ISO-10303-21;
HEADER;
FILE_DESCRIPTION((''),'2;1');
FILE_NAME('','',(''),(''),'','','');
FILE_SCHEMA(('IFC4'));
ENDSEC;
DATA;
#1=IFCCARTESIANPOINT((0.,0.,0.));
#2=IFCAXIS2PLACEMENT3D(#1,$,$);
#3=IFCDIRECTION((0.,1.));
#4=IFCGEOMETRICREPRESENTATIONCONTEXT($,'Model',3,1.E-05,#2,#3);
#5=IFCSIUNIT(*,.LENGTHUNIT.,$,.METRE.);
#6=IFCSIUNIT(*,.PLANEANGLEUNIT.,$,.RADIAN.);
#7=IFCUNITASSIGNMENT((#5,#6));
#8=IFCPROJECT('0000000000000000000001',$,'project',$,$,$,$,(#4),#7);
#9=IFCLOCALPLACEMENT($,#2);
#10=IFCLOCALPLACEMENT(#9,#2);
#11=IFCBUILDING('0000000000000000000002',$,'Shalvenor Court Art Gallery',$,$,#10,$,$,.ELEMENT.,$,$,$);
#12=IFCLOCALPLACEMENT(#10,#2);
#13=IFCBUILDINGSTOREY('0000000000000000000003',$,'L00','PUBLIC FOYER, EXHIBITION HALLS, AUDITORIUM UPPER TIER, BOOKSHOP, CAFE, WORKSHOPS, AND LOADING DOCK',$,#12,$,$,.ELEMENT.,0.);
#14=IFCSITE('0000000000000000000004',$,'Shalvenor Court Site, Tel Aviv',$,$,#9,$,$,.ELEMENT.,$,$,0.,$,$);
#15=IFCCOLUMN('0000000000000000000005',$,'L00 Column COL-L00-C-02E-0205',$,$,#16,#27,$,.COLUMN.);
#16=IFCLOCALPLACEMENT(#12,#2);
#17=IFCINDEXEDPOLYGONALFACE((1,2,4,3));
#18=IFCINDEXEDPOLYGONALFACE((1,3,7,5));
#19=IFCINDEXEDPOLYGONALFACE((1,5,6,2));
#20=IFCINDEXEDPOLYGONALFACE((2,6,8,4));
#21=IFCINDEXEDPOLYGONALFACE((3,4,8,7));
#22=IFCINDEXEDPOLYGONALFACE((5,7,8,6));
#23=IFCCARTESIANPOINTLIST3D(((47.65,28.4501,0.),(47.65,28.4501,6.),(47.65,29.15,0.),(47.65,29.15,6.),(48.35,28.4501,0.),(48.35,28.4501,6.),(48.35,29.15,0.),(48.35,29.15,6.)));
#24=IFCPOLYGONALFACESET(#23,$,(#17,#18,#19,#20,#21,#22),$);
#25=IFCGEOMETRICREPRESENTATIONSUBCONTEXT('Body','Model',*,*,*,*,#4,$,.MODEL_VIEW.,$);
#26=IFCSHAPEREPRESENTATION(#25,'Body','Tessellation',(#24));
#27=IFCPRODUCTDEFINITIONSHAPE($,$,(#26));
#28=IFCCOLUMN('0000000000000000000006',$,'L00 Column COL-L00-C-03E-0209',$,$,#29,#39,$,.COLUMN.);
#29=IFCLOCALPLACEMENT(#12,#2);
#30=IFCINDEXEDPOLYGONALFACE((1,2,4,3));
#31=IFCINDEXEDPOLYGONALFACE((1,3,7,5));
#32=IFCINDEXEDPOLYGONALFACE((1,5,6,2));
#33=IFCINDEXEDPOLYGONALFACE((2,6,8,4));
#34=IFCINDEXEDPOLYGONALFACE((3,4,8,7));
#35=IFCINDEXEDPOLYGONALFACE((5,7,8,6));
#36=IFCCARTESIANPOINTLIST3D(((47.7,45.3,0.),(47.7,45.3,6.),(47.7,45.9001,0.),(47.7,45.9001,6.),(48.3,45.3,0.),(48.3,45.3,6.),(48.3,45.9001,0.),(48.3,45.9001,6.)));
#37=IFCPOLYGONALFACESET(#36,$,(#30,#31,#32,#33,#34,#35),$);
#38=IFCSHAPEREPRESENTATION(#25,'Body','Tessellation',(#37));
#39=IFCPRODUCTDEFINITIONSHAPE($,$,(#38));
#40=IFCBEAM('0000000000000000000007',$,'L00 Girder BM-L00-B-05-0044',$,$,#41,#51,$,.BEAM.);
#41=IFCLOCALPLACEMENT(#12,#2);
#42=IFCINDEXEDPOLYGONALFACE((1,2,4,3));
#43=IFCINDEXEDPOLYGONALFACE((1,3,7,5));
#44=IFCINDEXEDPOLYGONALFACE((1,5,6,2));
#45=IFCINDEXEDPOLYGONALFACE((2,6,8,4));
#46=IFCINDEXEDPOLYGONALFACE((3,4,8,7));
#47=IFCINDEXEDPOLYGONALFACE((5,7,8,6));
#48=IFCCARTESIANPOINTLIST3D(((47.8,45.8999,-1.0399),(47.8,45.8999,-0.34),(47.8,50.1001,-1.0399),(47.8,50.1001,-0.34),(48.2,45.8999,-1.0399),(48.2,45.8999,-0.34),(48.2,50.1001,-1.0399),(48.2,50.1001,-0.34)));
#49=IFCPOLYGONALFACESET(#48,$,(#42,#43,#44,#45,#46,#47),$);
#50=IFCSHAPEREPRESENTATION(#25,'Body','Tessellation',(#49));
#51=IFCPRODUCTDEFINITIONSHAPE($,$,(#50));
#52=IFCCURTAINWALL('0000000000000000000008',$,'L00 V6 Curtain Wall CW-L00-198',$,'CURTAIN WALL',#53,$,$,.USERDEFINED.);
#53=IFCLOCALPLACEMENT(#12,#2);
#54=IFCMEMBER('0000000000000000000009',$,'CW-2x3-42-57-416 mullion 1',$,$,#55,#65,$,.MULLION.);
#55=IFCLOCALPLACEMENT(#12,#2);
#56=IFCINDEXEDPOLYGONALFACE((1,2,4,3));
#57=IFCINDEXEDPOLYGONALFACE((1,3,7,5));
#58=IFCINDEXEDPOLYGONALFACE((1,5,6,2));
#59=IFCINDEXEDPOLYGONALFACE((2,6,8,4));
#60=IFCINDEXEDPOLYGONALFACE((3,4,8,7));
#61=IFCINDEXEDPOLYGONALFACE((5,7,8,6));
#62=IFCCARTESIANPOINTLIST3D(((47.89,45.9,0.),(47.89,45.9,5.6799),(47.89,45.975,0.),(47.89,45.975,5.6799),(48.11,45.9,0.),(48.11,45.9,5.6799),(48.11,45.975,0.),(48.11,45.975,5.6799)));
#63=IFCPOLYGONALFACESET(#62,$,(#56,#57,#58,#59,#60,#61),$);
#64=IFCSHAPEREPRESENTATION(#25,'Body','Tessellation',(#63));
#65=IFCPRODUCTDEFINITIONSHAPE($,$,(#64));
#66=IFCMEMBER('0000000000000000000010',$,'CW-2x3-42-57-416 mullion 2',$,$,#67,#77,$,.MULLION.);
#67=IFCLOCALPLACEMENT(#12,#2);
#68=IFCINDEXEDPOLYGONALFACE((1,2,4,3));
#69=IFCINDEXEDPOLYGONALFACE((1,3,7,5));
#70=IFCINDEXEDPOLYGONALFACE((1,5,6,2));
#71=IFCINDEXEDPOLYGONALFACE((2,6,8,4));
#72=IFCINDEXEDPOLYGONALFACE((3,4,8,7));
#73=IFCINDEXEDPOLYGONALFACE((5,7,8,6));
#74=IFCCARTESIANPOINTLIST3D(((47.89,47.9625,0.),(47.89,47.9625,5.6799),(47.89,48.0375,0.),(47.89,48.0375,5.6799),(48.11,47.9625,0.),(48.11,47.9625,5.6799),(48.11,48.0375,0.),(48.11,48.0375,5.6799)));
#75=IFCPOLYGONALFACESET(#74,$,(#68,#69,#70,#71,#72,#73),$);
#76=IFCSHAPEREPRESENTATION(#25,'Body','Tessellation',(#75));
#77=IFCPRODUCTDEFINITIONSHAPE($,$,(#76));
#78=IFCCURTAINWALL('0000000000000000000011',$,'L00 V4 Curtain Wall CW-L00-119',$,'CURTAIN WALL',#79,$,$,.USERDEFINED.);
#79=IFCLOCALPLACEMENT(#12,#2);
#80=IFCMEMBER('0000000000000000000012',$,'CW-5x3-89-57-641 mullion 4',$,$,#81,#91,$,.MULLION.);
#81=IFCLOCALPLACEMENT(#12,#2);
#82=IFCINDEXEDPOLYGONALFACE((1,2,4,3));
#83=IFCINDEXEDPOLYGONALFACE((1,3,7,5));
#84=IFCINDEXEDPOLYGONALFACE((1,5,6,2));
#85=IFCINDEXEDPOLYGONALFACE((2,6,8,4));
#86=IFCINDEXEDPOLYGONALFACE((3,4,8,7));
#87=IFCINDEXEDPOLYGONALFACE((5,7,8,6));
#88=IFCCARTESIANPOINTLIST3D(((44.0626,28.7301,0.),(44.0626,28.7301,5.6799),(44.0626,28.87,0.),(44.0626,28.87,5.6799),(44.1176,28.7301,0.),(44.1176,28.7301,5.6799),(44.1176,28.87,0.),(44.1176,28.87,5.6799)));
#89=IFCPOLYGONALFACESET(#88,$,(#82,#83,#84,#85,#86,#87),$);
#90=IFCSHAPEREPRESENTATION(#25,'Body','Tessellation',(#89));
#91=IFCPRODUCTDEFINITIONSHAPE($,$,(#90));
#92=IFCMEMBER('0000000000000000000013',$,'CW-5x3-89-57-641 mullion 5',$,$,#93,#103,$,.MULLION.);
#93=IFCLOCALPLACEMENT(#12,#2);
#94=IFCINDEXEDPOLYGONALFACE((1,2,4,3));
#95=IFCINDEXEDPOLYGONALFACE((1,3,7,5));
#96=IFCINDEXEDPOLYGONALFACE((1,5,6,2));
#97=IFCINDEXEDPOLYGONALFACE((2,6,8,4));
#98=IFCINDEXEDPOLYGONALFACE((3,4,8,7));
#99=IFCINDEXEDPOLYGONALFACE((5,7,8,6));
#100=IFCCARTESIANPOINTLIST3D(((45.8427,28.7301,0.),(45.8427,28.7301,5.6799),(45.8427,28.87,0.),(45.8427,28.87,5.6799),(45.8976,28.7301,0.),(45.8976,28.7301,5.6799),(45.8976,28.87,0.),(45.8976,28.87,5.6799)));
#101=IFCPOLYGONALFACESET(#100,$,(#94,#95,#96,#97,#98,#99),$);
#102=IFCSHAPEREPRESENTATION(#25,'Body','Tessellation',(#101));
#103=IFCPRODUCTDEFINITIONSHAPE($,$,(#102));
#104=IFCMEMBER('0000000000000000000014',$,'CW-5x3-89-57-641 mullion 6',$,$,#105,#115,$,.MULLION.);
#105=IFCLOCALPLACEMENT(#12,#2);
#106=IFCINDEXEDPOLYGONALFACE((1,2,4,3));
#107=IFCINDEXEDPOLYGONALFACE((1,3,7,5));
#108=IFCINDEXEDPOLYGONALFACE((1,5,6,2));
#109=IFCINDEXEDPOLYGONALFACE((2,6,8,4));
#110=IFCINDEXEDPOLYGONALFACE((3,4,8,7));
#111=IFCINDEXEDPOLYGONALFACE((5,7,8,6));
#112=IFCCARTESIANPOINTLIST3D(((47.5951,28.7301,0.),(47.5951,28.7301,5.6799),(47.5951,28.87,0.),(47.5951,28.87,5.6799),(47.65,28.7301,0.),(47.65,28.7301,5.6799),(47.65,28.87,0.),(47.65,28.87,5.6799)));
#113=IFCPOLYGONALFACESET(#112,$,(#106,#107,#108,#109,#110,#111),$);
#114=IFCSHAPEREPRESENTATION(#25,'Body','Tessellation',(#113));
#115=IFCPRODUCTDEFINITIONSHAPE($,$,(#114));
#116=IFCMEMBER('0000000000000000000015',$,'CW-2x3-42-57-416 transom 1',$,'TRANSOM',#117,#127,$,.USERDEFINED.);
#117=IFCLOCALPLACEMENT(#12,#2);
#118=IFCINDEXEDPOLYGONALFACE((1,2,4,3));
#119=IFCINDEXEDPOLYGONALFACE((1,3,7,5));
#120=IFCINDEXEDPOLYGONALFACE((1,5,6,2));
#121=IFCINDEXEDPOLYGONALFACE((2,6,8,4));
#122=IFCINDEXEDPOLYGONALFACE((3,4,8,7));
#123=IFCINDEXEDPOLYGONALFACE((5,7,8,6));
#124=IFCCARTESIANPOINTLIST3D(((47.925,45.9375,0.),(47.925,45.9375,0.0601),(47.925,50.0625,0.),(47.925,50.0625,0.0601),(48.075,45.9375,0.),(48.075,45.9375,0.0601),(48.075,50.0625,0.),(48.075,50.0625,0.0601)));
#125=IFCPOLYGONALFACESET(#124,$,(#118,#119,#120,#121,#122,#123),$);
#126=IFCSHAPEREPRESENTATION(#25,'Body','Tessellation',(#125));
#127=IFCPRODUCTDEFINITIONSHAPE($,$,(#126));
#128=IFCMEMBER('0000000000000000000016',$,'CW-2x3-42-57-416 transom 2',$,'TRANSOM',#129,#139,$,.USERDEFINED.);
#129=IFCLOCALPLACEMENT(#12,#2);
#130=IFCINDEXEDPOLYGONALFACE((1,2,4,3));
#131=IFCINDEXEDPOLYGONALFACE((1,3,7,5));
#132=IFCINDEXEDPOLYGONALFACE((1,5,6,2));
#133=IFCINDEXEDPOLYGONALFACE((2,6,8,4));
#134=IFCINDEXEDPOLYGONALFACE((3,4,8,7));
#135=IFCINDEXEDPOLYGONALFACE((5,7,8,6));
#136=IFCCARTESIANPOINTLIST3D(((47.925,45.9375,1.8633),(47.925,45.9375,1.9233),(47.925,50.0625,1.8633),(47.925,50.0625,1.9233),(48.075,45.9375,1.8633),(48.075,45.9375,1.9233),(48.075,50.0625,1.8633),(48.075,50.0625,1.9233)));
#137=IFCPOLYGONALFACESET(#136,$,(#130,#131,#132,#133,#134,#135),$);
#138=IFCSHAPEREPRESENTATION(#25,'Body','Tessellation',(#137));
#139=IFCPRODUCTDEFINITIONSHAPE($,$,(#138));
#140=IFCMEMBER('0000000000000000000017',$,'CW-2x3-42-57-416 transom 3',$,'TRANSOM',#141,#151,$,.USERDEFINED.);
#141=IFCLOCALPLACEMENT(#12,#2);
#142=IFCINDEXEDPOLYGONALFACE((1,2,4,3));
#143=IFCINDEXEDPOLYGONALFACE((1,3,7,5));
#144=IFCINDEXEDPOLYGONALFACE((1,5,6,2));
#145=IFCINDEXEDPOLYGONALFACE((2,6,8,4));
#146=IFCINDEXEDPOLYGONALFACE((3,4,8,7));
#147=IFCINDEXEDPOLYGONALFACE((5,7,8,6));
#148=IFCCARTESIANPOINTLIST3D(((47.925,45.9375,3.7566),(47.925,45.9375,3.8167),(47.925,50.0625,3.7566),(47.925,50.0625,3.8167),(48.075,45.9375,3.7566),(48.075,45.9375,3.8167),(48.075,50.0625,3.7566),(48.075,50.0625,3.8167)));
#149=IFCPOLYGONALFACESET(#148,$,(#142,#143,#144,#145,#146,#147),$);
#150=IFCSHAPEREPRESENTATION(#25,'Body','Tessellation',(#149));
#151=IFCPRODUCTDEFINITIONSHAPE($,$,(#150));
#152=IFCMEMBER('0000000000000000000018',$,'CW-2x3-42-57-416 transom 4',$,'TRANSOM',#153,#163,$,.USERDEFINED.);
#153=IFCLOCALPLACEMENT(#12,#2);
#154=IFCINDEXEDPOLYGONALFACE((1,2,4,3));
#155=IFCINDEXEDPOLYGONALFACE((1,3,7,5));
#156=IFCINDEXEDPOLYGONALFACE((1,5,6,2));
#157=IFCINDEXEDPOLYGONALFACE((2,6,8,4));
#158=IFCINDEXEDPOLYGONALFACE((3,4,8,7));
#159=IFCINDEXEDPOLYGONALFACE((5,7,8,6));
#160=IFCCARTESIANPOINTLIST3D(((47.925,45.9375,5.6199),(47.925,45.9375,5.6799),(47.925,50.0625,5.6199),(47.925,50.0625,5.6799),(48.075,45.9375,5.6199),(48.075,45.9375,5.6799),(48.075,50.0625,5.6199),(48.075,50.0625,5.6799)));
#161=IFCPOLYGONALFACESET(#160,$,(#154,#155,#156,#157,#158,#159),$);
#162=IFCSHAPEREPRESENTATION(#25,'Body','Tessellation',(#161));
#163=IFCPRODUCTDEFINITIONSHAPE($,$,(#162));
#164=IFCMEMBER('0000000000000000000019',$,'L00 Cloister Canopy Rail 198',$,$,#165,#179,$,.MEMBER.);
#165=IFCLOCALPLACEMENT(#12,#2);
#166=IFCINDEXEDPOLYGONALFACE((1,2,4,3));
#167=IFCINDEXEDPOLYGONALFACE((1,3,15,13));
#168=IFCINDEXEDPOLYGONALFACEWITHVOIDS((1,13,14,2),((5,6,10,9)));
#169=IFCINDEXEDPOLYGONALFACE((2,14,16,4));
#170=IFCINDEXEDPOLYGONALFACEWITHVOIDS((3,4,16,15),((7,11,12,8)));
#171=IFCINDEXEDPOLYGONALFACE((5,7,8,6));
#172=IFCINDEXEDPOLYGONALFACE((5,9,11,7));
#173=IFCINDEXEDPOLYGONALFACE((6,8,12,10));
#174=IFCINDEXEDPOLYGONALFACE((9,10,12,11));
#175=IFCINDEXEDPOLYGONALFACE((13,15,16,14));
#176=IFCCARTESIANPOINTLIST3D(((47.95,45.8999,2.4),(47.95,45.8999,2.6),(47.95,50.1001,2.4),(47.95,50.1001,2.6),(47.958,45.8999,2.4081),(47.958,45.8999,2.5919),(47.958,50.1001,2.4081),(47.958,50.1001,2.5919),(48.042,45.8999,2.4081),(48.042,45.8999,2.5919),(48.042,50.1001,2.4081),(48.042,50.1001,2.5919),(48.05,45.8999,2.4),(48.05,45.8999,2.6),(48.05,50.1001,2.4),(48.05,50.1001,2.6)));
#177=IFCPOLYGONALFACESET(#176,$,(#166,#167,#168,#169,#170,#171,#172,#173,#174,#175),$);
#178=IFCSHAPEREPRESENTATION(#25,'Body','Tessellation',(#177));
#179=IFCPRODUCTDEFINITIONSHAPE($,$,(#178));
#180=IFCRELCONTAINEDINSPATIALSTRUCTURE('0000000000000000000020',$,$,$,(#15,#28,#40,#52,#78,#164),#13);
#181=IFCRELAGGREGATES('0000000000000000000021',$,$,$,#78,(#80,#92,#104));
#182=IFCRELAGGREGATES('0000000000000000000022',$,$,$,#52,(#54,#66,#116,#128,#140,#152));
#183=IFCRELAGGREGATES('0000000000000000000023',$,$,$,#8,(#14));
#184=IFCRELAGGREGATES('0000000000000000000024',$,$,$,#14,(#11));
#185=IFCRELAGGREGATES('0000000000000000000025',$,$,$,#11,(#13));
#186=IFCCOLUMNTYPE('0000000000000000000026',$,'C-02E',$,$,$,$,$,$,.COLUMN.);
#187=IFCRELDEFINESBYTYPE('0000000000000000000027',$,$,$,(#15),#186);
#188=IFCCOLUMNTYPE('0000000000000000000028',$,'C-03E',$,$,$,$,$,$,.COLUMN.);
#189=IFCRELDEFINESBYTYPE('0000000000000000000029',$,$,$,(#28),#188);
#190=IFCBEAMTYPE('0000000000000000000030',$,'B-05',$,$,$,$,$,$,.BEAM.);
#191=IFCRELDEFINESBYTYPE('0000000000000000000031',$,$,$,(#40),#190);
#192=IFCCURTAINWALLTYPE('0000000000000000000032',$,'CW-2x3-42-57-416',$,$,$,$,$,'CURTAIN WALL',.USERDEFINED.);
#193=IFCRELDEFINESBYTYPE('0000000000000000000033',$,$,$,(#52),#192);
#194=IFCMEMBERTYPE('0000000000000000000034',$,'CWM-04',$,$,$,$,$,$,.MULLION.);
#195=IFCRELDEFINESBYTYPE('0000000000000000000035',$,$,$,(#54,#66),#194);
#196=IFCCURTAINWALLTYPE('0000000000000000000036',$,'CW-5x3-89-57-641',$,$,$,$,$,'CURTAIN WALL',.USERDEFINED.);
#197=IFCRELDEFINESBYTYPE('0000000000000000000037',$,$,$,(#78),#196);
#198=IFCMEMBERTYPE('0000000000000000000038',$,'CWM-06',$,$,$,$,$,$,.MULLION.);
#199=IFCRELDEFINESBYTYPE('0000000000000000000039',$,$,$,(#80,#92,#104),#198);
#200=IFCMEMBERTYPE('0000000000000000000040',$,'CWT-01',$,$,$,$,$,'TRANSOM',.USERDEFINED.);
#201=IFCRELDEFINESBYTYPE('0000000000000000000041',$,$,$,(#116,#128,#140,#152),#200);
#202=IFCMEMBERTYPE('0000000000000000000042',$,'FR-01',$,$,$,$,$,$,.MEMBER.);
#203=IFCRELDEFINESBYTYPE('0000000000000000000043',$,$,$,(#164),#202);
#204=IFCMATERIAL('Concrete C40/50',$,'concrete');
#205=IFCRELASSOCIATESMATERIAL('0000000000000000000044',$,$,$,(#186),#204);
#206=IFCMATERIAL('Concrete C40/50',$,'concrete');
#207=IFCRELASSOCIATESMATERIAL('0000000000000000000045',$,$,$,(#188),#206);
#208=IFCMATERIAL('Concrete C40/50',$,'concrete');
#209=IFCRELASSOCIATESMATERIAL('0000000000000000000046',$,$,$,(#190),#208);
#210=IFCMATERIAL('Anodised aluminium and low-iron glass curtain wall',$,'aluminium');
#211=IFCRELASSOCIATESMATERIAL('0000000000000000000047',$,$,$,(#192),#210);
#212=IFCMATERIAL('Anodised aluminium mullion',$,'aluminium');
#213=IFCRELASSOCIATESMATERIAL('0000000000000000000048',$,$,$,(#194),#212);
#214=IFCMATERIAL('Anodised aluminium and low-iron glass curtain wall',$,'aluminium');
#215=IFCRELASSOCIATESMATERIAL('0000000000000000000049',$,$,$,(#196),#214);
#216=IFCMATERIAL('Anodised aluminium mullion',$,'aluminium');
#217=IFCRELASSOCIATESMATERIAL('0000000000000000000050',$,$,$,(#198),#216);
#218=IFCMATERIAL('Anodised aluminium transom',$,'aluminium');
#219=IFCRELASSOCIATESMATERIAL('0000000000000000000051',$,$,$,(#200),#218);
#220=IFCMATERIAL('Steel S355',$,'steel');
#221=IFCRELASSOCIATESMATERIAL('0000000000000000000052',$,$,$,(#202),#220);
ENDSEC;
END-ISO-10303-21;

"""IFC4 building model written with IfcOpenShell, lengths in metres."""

from ifc_helpers import new_model, si_unit, direction, frame, origin, origin_2d, place, context, subcontext, project, spatial, rectangle, hollow_rectangle, extrude, material, material_profile, profile_set, type_object, element, aggregate, save


model = new_model("IFC4")

# Units and contexts
model_context = context("Model", 3, precision=1e-05, world=origin(), true_north=direction((0.0, 1.0)))
body_context = subcontext(model_context, "Body", "Model", "MODEL_VIEW")
ifc_project = project(units=[si_unit("LENGTHUNIT", "METRE"), si_unit("PLANEANGLEUNIT", "RADIAN")], contexts=[model_context])

# Site, building, storey
site_placement = place(None, origin())
site = spatial("IfcSite", under=ifc_project, at=site_placement, Name="Shalvenor Court Site, Tel Aviv", CompositionType="ELEMENT", RefElevation=0.0)
building_placement = place(site_placement, origin())
building = spatial("IfcBuilding", under=site, at=building_placement, Name="Shalvenor Court Art Gallery", CompositionType="ELEMENT")
storey_placement = place(building_placement, origin())
storey = spatial("IfcBuildingStorey", under=building, at=storey_placement, Name="L00", Description="PUBLIC FOYER, EXHIBITION HALLS, AUDITORIUM UPPER TIER, BOOKSHOP, CAFE, WORKSHOPS, AND LOADING DOCK", CompositionType="ELEMENT", Elevation=0.0)

# Columns
ifc_material_1 = material(Name="Concrete C40/50", Category="concrete")
ifc_material_profile_1 = material_profile(ifc_material_1, rectangle(XDim=0.7, YDim=0.7, at=origin_2d()), Name="RC 700x700")
ifc_profile_set_1 = profile_set([ifc_material_profile_1], Name="Concrete C40/50")
column_type_1 = type_object("IfcColumnType", Name="C-02E", PredefinedType="COLUMN", material=ifc_profile_set_1)
column_1_placement = place(storey_placement, frame((48.0, 28.8, 0.0), z_axis=(0.0, 0.0, 1.0), x_axis=(1.0, 0.0, 0.0)))
element("IfcColumn", 1, at=column_1_placement, inside=storey, type_object=column_type_1, Name="L00 Column COL-L00-C-02E-0205", PredefinedType="COLUMN", context=body_context, shape_type="SweptSolid", body=[
    extrude(rectangle(XDim=0.7, YDim=0.7, at=origin_2d()), origin(), (0.0, 0.0, 1.0), 6.0),
])
ifc_material_2 = material(Name="Concrete C40/50", Category="concrete")
ifc_material_profile_2 = material_profile(ifc_material_2, rectangle(XDim=0.6001, YDim=0.6001, at=origin_2d()), Name="RC 600x600")
ifc_profile_set_2 = profile_set([ifc_material_profile_2], Name="Concrete C40/50")
column_type_2 = type_object("IfcColumnType", Name="C-03E", PredefinedType="COLUMN", material=ifc_profile_set_2)
column_2_placement = place(storey_placement, frame((48.0, 45.6001, 0.0), z_axis=(0.0, 0.0, 1.0), x_axis=(1.0, 0.0, 0.0)))
element("IfcColumn", 2, at=column_2_placement, inside=storey, type_object=column_type_2, Name="L00 Column COL-L00-C-03E-0209", PredefinedType="COLUMN", context=body_context, shape_type="SweptSolid", body=[
    extrude(rectangle(XDim=0.6001, YDim=0.6001, at=origin_2d()), origin(), (0.0, 0.0, 1.0), 6.0),
])

# Beam
ifc_material_3 = material(Name="Concrete C40/50", Category="concrete")
ifc_material_profile_3 = material_profile(ifc_material_3, rectangle(XDim=0.3999, YDim=0.7, at=origin_2d()), Name="RC 400x700")
ifc_profile_set_3 = profile_set([ifc_material_profile_3], Name="Concrete C40/50")
beam_type = type_object("IfcBeamType", Name="B-05", PredefinedType="BEAM", material=ifc_profile_set_3)
beam_placement = place(storey_placement, frame((48.0, 45.8999, -0.6899), z_axis=(0.0, 1.0, 0.0), x_axis=(-1.0, 0.0, 0.0)))
element("IfcBeam", 3, at=beam_placement, inside=storey, type_object=beam_type, Name="L00 Girder BM-L00-B-05-0044", PredefinedType="BEAM", context=body_context, shape_type="SweptSolid", body=[
    extrude(rectangle(XDim=0.3999, YDim=0.7, at=origin_2d()), origin(), (0.0, 0.0, 1.0), 4.2002),
])

# Curtain walls, members
ifc_material_4 = material(Name="Anodised aluminium and low-iron glass curtain wall", Category="aluminium")
curtain_wall_type_1 = type_object("IfcCurtainWallType", Name="CW-2x3-42-57-416", ElementType="CURTAIN WALL", PredefinedType="USERDEFINED", material=ifc_material_4)
curtain_wall_1_placement = place(storey_placement, origin())
curtain_wall_1 = element("IfcCurtainWall", 4, at=curtain_wall_1_placement, inside=storey, type_object=curtain_wall_type_1, Name="L00 V6 Curtain Wall CW-L00-198", ObjectType="CURTAIN WALL", PredefinedType="USERDEFINED")
ifc_material_5 = material(Name="Anodised aluminium mullion", Category="aluminium")
ifc_material_profile_4 = material_profile(ifc_material_5, rectangle(XDim=0.075, YDim=0.22, at=origin_2d()), Name="CWM-04")
ifc_profile_set_4 = profile_set([ifc_material_profile_4], Name="Anodised aluminium mullion")
member_type_1 = type_object("IfcMemberType", Name="CWM-04", PredefinedType="MULLION", material=ifc_profile_set_4)
member_1_placement = place(storey_placement, frame((48.0, 45.9375, 0.0), z_axis=(0.0, 0.0, 1.0), x_axis=(0.0, 1.0, 0.0)))
member_1 = element("IfcMember", 5, at=member_1_placement, type_object=member_type_1, Name="CW-2x3-42-57-416 mullion 1", PredefinedType="MULLION", context=body_context, shape_type="SweptSolid", body=[
    extrude(rectangle(XDim=0.075, YDim=0.22, at=origin_2d()), origin(), (0.0, 0.0, 1.0), 5.6799),
])
member_2_placement = place(storey_placement, frame((48.0, 48.0, 0.0), z_axis=(0.0, 0.0, 1.0), x_axis=(0.0, 1.0, 0.0)))
member_2 = element("IfcMember", 6, at=member_2_placement, type_object=member_type_1, Name="CW-2x3-42-57-416 mullion 2", PredefinedType="MULLION", context=body_context, shape_type="SweptSolid", body=[
    extrude(rectangle(XDim=0.075, YDim=0.22, at=origin_2d()), origin(), (0.0, 0.0, 1.0), 5.6799),
])
ifc_material_6 = material(Name="Anodised aluminium and low-iron glass curtain wall", Category="aluminium")
curtain_wall_type_2 = type_object("IfcCurtainWallType", Name="CW-5x3-89-57-641", ElementType="CURTAIN WALL", PredefinedType="USERDEFINED", material=ifc_material_6)
curtain_wall_2_placement = place(storey_placement, origin())
curtain_wall_2 = element("IfcCurtainWall", 7, at=curtain_wall_2_placement, inside=storey, type_object=curtain_wall_type_2, Name="L00 V4 Curtain Wall CW-L00-119", ObjectType="CURTAIN WALL", PredefinedType="USERDEFINED")
ifc_material_7 = material(Name="Anodised aluminium mullion", Category="aluminium")
ifc_material_profile_5 = material_profile(ifc_material_7, rectangle(XDim=0.0549, YDim=0.1399, at=origin_2d()), Name="CWM-06")
ifc_profile_set_5 = profile_set([ifc_material_profile_5], Name="Anodised aluminium mullion")
member_type_2 = type_object("IfcMemberType", Name="CWM-06", PredefinedType="MULLION", material=ifc_profile_set_5)
member_3_placement = place(storey_placement, frame((44.0901, 28.8, 0.0), z_axis=(0.0, 0.0, 1.0), x_axis=(1.0, 0.0, 0.0)))
member_3 = element("IfcMember", 8, at=member_3_placement, type_object=member_type_2, Name="CW-5x3-89-57-641 mullion 4", PredefinedType="MULLION", context=body_context, shape_type="SweptSolid", body=[
    extrude(rectangle(XDim=0.0549, YDim=0.1399, at=origin_2d()), origin(), (0.0, 0.0, 1.0), 5.6799),
])
member_4_placement = place(storey_placement, frame((45.8701, 28.8, 0.0), z_axis=(0.0, 0.0, 1.0), x_axis=(1.0, 0.0, 0.0)))
member_4 = element("IfcMember", 9, at=member_4_placement, type_object=member_type_2, Name="CW-5x3-89-57-641 mullion 5", PredefinedType="MULLION", context=body_context, shape_type="SweptSolid", body=[
    extrude(rectangle(XDim=0.0549, YDim=0.1399, at=origin_2d()), origin(), (0.0, 0.0, 1.0), 5.6799),
])
member_5_placement = place(storey_placement, frame((47.6226, 28.8, 0.0), z_axis=(0.0, 0.0, 1.0), x_axis=(1.0, 0.0, 0.0)))
member_5 = element("IfcMember", 10, at=member_5_placement, type_object=member_type_2, Name="CW-5x3-89-57-641 mullion 6", PredefinedType="MULLION", context=body_context, shape_type="SweptSolid", body=[
    extrude(rectangle(XDim=0.0549, YDim=0.1399, at=origin_2d()), origin(), (0.0, 0.0, 1.0), 5.6799),
])

# Members
ifc_material_8 = material(Name="Anodised aluminium transom", Category="aluminium")
ifc_material_profile_6 = material_profile(ifc_material_8, rectangle(XDim=0.1499, YDim=0.0601, at=origin_2d()), Name="CWT-01")
ifc_profile_set_6 = profile_set([ifc_material_profile_6], Name="Anodised aluminium transom")
member_type_3 = type_object("IfcMemberType", Name="CWT-01", ElementType="TRANSOM", PredefinedType="USERDEFINED", material=ifc_profile_set_6)
member_6_placement = place(storey_placement, frame((48.0, 45.9375, 0.03), z_axis=(0.0, 1.0, 0.0), x_axis=(-1.0, 0.0, 0.0)))
member_6 = element("IfcMember", 11, at=member_6_placement, type_object=member_type_3, Name="CW-2x3-42-57-416 transom 1", ObjectType="TRANSOM", PredefinedType="USERDEFINED", context=body_context, shape_type="SweptSolid", body=[
    extrude(rectangle(XDim=0.1499, YDim=0.0601, at=origin_2d()), origin(), (0.0, 0.0, 1.0), 4.125),
])
member_7_placement = place(storey_placement, frame((48.0, 45.9375, 1.8933), z_axis=(0.0, 1.0, 0.0), x_axis=(-1.0, 0.0, 0.0)))
member_7 = element("IfcMember", 12, at=member_7_placement, type_object=member_type_3, Name="CW-2x3-42-57-416 transom 2", ObjectType="TRANSOM", PredefinedType="USERDEFINED", context=body_context, shape_type="SweptSolid", body=[
    extrude(rectangle(XDim=0.1499, YDim=0.0601, at=origin_2d()), origin(), (0.0, 0.0, 1.0), 4.125),
])
member_8_placement = place(storey_placement, frame((48.0, 45.9375, 3.7866), z_axis=(0.0, 1.0, 0.0), x_axis=(-1.0, 0.0, 0.0)))
member_8 = element("IfcMember", 13, at=member_8_placement, type_object=member_type_3, Name="CW-2x3-42-57-416 transom 3", ObjectType="TRANSOM", PredefinedType="USERDEFINED", context=body_context, shape_type="SweptSolid", body=[
    extrude(rectangle(XDim=0.1499, YDim=0.0601, at=origin_2d()), origin(), (0.0, 0.0, 1.0), 4.125),
])
member_9_placement = place(storey_placement, frame((48.0, 45.9375, 5.6499), z_axis=(0.0, 1.0, 0.0), x_axis=(-1.0, 0.0, 0.0)))
member_9 = element("IfcMember", 14, at=member_9_placement, type_object=member_type_3, Name="CW-2x3-42-57-416 transom 4", ObjectType="TRANSOM", PredefinedType="USERDEFINED", context=body_context, shape_type="SweptSolid", body=[
    extrude(rectangle(XDim=0.1499, YDim=0.0601, at=origin_2d()), origin(), (0.0, 0.0, 1.0), 4.125),
])
ifc_material_9 = material(Name="Steel S355", Category="steel")
ifc_material_profile_7 = material_profile(ifc_material_9, hollow_rectangle(XDim=0.1001, YDim=0.2, WallThickness=0.0081, at=origin_2d()), Name="RHS 200x100x8.0")
ifc_profile_set_7 = profile_set([ifc_material_profile_7], Name="Steel S355")
member_type_4 = type_object("IfcMemberType", Name="FR-01", PredefinedType="MEMBER", material=ifc_profile_set_7)
member_10_placement = place(storey_placement, frame((48.0, 45.8999, 2.5), z_axis=(0.0, 1.0, 0.0), x_axis=(-1.0, 0.0, 0.0)))
element("IfcMember", 15, at=member_10_placement, inside=storey, type_object=member_type_4, Name="L00 Cloister Canopy Rail 198", PredefinedType="MEMBER", context=body_context, shape_type="SweptSolid", body=[
    extrude(hollow_rectangle(XDim=0.1001, YDim=0.2, WallThickness=0.0081, at=origin_2d()), origin(), (0.0, 0.0, 1.0), 4.2002),
])

aggregate(curtain_wall_2, [member_3, member_4, member_5])
aggregate(curtain_wall_1, [member_1, member_2, member_6, member_7, member_8, member_9])

save(model, "model.ifc")
